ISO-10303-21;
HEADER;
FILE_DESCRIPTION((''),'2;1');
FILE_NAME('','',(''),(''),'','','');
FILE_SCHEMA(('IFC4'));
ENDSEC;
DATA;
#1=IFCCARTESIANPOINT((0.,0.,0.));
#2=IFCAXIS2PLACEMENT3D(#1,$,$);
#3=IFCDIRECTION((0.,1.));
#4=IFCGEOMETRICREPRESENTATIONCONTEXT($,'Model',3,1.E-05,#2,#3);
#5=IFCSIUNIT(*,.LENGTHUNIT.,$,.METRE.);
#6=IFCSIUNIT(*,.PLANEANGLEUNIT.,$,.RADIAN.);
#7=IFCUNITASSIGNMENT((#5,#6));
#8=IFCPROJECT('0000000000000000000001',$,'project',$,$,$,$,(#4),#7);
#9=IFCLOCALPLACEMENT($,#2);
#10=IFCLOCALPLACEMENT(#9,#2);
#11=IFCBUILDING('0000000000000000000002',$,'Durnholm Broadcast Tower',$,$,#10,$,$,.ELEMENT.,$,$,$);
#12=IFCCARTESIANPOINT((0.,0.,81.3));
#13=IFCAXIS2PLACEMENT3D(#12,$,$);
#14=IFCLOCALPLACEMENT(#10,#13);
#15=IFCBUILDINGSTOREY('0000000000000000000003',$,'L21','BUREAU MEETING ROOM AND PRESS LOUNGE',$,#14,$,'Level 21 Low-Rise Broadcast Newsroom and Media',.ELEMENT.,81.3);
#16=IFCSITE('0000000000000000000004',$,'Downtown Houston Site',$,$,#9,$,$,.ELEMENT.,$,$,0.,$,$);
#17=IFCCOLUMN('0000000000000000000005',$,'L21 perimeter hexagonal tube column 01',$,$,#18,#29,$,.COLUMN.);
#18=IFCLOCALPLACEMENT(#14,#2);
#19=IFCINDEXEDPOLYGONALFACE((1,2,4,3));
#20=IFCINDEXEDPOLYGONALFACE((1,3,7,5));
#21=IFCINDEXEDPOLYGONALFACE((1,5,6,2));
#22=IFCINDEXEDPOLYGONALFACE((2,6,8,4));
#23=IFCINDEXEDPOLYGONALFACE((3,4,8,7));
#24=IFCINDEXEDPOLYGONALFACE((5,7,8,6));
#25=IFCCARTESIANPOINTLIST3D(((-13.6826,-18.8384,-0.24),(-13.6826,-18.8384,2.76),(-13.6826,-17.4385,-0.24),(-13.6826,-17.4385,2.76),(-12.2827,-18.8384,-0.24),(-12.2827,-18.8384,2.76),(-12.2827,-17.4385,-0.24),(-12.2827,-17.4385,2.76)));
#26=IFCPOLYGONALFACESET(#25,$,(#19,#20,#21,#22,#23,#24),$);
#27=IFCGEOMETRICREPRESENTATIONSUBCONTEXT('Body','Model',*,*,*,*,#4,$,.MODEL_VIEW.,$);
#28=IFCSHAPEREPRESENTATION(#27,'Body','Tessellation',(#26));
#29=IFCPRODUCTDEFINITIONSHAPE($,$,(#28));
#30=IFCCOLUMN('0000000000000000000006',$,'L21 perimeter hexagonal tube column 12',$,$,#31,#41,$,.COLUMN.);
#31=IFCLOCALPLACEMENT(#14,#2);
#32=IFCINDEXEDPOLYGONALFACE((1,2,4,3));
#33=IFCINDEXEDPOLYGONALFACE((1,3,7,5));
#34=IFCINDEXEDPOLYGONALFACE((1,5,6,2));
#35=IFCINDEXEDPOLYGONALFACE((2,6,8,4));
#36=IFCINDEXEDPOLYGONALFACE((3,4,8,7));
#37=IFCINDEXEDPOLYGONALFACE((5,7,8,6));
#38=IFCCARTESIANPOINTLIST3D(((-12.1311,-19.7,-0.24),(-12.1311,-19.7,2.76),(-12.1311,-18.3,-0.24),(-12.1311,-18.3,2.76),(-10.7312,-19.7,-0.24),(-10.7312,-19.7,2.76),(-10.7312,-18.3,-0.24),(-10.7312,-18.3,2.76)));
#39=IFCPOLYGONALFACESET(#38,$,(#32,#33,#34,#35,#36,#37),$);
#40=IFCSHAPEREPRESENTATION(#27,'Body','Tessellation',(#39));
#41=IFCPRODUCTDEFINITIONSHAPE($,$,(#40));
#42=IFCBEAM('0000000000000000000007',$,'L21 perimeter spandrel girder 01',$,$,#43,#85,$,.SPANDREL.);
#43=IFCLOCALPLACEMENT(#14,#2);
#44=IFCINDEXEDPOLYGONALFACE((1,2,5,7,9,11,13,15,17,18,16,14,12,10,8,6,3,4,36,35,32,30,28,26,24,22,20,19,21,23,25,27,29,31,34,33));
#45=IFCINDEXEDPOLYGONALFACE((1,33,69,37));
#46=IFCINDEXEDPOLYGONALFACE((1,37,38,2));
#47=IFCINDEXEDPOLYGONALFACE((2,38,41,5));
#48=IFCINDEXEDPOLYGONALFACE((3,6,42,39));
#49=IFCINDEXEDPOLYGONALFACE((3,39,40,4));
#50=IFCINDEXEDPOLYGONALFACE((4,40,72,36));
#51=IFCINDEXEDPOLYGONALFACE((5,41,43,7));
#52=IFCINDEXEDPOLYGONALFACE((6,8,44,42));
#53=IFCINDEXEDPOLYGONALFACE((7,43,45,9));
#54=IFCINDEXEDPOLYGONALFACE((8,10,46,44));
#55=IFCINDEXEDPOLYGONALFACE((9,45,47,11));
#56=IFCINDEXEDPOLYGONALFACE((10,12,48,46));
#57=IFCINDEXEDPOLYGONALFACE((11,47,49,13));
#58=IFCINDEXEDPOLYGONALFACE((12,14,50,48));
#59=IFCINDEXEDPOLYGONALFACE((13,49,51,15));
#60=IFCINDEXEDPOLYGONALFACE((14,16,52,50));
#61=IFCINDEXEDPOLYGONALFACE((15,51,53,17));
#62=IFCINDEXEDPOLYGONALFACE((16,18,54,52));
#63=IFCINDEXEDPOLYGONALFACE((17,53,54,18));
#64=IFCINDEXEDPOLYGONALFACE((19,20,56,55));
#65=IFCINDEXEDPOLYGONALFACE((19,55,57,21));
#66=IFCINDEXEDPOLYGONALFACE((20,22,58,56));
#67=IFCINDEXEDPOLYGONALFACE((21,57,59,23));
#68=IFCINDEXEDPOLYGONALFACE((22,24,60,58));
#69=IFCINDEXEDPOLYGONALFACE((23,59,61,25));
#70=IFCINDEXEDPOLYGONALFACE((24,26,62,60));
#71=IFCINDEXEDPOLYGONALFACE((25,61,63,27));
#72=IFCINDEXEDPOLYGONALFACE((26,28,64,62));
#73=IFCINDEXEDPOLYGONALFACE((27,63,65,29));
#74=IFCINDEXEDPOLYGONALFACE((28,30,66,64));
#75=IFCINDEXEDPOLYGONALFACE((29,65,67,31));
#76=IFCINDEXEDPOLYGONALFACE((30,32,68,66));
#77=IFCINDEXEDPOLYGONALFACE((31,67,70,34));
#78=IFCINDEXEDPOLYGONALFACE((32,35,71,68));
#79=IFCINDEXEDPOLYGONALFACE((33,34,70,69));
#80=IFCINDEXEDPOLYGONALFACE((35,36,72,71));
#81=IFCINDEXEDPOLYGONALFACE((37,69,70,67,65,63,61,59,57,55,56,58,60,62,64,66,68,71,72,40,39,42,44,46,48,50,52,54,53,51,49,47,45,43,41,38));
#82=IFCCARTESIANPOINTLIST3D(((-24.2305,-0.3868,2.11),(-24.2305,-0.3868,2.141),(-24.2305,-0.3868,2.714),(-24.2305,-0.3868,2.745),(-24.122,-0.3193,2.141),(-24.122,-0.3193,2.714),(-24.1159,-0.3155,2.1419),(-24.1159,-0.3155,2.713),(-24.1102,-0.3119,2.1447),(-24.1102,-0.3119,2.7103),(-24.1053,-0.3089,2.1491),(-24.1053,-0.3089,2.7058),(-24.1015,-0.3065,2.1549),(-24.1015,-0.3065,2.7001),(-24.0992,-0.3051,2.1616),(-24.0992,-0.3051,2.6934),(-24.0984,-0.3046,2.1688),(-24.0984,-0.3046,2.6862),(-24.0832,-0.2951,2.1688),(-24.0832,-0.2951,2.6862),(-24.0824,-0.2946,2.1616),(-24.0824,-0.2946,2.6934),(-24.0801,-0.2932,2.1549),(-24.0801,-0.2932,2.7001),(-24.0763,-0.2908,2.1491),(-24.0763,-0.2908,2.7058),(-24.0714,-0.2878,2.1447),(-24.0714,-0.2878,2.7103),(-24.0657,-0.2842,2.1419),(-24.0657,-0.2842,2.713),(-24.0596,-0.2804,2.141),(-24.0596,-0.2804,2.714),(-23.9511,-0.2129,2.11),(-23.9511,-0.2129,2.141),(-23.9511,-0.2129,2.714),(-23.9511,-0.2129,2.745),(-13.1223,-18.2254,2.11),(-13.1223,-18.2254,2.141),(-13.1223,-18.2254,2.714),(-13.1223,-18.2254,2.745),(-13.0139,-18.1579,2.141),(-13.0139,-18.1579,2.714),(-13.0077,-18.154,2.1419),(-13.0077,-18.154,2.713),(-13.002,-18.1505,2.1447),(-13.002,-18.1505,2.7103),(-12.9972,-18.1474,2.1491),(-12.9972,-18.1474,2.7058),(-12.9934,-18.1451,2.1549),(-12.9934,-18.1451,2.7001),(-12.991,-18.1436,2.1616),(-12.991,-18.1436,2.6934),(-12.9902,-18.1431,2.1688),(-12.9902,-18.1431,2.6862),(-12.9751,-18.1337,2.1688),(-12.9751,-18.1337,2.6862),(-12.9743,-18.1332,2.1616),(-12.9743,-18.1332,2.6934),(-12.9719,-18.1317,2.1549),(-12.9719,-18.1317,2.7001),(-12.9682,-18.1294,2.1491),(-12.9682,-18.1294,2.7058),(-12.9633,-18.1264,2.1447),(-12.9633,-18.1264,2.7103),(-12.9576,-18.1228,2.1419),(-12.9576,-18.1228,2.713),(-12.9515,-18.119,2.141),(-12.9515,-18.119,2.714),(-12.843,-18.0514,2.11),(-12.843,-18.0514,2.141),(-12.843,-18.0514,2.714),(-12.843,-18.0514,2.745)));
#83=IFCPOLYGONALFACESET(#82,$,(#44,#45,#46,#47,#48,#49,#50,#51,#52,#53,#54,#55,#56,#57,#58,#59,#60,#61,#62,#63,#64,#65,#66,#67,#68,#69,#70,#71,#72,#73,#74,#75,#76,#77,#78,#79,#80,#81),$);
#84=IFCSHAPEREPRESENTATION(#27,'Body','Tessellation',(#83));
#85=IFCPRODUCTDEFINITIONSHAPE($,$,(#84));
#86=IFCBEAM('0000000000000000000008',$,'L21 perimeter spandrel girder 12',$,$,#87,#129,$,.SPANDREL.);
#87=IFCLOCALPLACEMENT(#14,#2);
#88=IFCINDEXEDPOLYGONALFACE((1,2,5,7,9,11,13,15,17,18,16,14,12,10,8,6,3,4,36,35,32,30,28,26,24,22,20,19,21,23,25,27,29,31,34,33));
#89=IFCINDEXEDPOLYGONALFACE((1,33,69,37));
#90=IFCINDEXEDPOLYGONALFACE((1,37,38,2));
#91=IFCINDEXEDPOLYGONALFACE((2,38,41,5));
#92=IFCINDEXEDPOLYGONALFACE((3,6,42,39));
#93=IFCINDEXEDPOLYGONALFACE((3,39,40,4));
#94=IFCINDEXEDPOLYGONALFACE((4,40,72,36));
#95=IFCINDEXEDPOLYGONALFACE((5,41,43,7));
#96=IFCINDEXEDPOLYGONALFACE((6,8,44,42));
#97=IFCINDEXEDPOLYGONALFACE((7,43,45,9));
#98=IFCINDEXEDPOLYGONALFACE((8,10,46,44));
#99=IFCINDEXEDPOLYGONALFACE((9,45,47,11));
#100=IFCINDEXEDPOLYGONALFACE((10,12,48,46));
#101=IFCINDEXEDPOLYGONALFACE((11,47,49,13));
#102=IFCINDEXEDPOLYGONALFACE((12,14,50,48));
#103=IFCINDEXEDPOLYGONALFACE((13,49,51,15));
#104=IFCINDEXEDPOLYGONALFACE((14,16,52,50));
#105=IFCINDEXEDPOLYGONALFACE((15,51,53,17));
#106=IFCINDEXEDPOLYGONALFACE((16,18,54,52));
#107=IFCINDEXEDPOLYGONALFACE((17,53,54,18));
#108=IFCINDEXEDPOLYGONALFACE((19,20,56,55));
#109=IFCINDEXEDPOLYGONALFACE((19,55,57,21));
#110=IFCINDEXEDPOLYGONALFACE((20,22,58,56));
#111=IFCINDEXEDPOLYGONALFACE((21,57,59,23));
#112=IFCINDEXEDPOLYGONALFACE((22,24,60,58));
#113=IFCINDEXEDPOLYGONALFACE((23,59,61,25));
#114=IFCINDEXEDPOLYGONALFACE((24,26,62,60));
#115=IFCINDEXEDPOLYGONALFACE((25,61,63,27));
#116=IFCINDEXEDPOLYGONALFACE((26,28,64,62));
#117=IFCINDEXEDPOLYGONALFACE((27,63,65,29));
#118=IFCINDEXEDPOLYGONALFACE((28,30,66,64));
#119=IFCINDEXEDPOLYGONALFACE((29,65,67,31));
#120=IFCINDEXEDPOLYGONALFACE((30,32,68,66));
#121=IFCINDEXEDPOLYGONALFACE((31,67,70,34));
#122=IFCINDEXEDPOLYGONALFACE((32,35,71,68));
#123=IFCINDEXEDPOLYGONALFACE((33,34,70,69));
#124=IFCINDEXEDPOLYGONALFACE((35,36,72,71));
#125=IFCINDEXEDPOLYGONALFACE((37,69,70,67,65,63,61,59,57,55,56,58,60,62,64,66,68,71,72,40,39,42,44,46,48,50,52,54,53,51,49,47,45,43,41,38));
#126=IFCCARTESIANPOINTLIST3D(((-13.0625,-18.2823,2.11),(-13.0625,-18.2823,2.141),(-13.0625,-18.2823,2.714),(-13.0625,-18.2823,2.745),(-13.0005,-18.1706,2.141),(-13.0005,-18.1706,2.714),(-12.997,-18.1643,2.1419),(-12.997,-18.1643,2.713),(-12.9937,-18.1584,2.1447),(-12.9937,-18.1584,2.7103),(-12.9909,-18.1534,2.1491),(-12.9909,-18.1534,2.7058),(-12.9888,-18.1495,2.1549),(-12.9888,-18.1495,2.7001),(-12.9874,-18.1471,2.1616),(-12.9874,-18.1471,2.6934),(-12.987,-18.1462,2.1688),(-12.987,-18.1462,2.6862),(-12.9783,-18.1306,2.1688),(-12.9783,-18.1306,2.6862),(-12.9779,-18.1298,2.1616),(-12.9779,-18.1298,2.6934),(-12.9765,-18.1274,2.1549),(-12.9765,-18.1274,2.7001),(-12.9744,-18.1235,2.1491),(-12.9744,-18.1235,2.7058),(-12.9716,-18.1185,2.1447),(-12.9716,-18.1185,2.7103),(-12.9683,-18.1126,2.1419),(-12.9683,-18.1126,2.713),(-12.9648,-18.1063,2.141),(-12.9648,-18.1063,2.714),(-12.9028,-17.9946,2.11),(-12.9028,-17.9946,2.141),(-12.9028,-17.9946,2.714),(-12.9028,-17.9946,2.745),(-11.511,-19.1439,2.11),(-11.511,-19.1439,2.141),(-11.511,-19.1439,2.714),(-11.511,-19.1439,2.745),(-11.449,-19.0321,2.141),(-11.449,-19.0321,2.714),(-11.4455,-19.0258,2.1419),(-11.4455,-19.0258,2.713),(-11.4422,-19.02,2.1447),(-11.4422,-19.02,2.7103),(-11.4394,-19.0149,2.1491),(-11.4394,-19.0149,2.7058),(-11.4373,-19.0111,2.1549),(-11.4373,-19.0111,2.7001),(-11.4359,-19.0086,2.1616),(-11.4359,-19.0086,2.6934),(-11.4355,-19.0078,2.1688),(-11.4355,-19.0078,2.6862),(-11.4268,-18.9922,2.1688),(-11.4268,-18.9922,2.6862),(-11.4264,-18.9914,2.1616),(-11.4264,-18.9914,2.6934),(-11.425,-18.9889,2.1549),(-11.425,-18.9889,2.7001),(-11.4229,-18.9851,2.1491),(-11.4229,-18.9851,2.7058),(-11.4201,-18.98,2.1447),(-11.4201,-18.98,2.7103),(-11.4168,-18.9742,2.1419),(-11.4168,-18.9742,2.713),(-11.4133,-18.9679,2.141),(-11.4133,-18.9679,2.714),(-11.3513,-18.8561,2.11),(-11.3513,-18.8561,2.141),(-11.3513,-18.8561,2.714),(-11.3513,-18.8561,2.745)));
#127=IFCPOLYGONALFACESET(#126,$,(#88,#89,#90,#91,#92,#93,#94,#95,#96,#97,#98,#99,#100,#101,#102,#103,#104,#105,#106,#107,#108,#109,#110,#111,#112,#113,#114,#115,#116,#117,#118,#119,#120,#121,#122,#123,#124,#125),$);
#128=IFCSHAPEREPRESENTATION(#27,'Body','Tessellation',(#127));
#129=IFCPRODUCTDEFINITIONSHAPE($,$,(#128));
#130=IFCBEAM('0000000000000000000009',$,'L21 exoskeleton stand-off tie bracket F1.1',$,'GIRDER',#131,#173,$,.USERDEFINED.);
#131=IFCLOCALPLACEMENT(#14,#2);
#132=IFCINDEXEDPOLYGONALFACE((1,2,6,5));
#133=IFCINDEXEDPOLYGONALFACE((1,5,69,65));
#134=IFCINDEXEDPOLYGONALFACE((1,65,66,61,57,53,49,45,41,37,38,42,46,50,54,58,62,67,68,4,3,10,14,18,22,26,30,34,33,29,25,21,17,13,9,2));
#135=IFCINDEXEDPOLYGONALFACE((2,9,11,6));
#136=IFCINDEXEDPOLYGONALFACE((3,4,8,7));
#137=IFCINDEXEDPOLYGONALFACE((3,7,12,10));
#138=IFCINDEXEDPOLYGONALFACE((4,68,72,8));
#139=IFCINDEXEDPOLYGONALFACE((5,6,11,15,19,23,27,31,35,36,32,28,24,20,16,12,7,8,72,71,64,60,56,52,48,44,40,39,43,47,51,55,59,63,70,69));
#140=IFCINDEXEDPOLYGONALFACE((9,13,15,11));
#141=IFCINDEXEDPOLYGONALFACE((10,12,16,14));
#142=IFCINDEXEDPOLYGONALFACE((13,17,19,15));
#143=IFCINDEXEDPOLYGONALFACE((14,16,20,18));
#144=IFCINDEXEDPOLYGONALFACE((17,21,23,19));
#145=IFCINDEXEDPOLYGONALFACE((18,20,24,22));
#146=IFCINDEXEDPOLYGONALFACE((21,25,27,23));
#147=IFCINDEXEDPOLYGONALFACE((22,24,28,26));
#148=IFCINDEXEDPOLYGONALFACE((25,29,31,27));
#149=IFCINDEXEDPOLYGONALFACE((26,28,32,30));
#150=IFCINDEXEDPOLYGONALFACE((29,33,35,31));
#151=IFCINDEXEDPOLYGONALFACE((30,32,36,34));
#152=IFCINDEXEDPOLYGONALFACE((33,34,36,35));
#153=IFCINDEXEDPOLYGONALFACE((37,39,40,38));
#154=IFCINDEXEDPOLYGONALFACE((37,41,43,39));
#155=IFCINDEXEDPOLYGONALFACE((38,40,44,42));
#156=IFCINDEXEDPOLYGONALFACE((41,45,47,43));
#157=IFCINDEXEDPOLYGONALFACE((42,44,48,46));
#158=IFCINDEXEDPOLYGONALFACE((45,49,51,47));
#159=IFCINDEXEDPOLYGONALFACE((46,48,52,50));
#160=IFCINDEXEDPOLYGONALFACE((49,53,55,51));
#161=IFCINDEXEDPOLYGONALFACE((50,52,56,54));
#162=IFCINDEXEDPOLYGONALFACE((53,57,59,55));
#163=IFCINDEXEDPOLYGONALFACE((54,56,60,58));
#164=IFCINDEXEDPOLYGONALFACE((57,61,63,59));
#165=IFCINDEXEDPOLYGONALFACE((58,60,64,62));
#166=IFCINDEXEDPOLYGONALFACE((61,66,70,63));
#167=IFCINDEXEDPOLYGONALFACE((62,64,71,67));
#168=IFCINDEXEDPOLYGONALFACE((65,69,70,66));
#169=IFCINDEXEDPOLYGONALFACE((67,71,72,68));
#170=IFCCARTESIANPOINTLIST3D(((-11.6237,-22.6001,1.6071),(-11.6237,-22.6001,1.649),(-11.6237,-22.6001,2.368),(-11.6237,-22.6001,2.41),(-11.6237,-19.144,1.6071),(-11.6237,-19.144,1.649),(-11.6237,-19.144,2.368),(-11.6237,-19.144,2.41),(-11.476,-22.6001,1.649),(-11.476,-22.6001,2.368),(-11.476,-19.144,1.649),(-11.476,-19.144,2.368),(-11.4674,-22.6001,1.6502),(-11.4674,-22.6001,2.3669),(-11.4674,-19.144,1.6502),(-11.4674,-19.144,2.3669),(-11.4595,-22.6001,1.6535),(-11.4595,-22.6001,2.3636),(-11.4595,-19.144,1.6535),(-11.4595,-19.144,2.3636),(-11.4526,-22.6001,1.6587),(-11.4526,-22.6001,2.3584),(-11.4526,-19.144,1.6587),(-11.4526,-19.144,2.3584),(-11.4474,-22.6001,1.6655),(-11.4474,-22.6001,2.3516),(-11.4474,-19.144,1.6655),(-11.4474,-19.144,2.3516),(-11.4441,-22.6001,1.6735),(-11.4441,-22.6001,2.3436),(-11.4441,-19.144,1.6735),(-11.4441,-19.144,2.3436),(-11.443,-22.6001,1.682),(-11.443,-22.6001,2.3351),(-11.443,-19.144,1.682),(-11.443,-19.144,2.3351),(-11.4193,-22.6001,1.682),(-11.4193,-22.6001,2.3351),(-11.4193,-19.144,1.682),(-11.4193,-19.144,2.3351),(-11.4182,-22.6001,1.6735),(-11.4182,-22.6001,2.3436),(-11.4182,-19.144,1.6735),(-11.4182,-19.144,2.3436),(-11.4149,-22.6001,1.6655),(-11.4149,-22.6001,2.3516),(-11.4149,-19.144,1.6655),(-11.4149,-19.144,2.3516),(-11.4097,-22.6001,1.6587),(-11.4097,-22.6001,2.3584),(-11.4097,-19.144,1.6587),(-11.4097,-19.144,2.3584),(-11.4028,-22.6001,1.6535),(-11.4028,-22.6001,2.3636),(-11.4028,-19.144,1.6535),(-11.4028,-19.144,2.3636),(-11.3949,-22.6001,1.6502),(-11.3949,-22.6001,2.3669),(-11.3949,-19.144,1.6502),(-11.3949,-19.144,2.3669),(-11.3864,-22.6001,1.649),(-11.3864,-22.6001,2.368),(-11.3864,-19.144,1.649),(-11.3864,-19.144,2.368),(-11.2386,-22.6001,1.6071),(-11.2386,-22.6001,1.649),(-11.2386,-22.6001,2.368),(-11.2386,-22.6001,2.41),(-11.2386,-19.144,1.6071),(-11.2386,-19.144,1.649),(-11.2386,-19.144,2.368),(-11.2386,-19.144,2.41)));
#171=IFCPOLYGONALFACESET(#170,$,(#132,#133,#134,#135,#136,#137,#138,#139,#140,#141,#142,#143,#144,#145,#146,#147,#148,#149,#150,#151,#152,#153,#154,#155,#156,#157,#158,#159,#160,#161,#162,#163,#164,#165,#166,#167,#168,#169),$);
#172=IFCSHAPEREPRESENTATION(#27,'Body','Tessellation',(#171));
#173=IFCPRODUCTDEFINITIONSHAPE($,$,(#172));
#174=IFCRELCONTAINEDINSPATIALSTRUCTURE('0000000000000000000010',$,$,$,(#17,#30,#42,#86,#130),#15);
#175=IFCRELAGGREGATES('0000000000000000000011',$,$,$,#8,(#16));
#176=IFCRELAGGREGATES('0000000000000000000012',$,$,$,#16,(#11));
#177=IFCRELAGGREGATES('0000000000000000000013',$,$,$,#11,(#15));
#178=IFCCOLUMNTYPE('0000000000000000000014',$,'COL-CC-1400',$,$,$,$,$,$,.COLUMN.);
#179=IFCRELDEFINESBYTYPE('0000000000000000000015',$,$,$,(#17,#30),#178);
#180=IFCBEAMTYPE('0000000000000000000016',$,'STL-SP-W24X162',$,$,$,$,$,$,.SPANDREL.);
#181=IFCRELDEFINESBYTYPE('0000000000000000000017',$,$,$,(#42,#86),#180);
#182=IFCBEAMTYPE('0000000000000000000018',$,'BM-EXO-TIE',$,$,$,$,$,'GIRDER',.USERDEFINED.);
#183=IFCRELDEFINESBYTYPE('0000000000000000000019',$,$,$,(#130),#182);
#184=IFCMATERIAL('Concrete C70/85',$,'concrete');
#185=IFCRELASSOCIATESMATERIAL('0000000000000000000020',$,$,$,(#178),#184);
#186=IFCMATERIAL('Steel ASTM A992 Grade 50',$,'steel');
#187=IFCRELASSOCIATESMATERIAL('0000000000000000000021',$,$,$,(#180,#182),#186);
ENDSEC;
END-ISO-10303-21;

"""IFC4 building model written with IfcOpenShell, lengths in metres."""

from ifc_helpers import new_model, si_unit, direction, frame, origin, origin_2d, place, context, subcontext, project, spatial, rectangle, i_section, extrude, source, transform, mapped, material, material_profile, profile_set, type_object, type_shapes, element, save


model = new_model("IFC4")

# Units and contexts
model_context = context("Model", 3, precision=1e-05, world=origin(), true_north=direction((0.0, 1.0)))
body_context = subcontext(model_context, "Body", "Model", "MODEL_VIEW")
ifc_project = project(units=[si_unit("LENGTHUNIT", "METRE"), si_unit("PLANEANGLEUNIT", "RADIAN")], contexts=[model_context])

# Site, building, storey
site_placement = place(None, origin())
site = spatial("IfcSite", under=ifc_project, at=site_placement, Name="Downtown Houston Site", CompositionType="ELEMENT", RefElevation=0.0)
building_placement = place(site_placement, origin())
building = spatial("IfcBuilding", under=site, at=building_placement, Name="Durnholm Broadcast Tower", CompositionType="ELEMENT")
storey_placement = place(building_placement, frame((0.0, 0.0, 81.3)))
storey = spatial("IfcBuildingStorey", under=building, at=storey_placement, Name="L21", Description="BUREAU MEETING ROOM AND PRESS LOUNGE", LongName="Level 21 Low-Rise Broadcast Newsroom and Media", CompositionType="ELEMENT", Elevation=81.3)

# Columns
ifc_material_1 = material(Name="Concrete C70/85", Category="concrete")
ifc_material_profile_1 = material_profile(ifc_material_1, rectangle(XDim=1.3999, YDim=1.3999, at=origin_2d()), Name="RC1400X1400")
ifc_profile_set_1 = profile_set([ifc_material_profile_1], Name="Concrete C70/85")
column_type = type_object("IfcColumnType", Name="COL-CC-1400", PredefinedType="COLUMN", material=ifc_profile_set_1)
shared_shape_1 = source(origin(), body_context, "Body", "SweptSolid", [
    extrude(rectangle(XDim=1.3999, YDim=1.3999, at=origin_2d()), origin(), (0.0, 0.0, 1.0), 3.0),
])
type_shapes(column_type, [shared_shape_1])
for number, where, z_axis, x_axis, name in (
    (1, (-12.9827, -18.1384, -0.24), (0.0, 0.0, 1.0), (1.0, 0.0, 0.0), "L21 perimeter hexagonal tube column 01"),
    (2, (-11.4312, -19.0, -0.24), (0.0, 0.0, 1.0), (1.0, 0.0, 0.0), "L21 perimeter hexagonal tube column 12"),
):
    element("IfcColumn", number, at=place(storey_placement, frame(where, z_axis=z_axis, x_axis=x_axis)), inside=storey, type_object=column_type, Name=name, PredefinedType="COLUMN", context=body_context, shape_type="MappedRepresentation", body=[
        mapped(shared_shape_1, transform((0.0, 0.0, 0.0), x_axis=(1.0, 0.0, 0.0), y_axis=(0.0, 1.0, 0.0), z_axis=(0.0, 0.0, 1.0), scale=1.0)),
    ])

# Beams
ifc_material_2 = material(Name="Steel ASTM A992 Grade 50", Category="steel")
ifc_material_profile_2 = material_profile(ifc_material_2, i_section(OverallWidth=0.3291, OverallDepth=0.635, WebThickness=0.0178, FlangeThickness=0.031, FilletRadius=0.0278, at=origin_2d()), Name="W24X162")
ifc_profile_set_2 = profile_set([ifc_material_profile_2], Name="Steel ASTM A992 Grade 50")
beam_type_1 = type_object("IfcBeamType", Name="STL-SP-W24X162", PredefinedType="SPANDREL", material=ifc_profile_set_2)
shared_shape_2 = source(origin(), body_context, "Body", "SweptSolid", [
    extrude(i_section(OverallWidth=0.3291, OverallDepth=0.635, WebThickness=0.0178, FlangeThickness=0.031, FilletRadius=0.0278, at=origin_2d()), origin(), (0.0, 0.0, 1.0), 21.0144),
])
beam_1_placement = place(storey_placement, frame((-12.9827, -18.1384, 2.4275), z_axis=(-0.528596, 0.848874, 0.0), x_axis=(-0.848874, -0.528596, 0.0)))
element("IfcBeam", 3, at=beam_1_placement, inside=storey, type_object=beam_type_1, Name="L21 perimeter spandrel girder 01", PredefinedType="SPANDREL", context=body_context, shape_type="MappedRepresentation", body=[
    mapped(shared_shape_2, transform((0.0, 0.0, 0.0), x_axis=(1.0, 0.0, 0.0), y_axis=(0.0, 1.0, 0.0), z_axis=(0.0, 0.0, 1.0), scale=1.0)),
])
shared_shape_3 = source(origin(), body_context, "Body", "SweptSolid", [
    extrude(i_section(OverallWidth=0.3291, OverallDepth=0.635, WebThickness=0.0178, FlangeThickness=0.031, FilletRadius=0.0278, at=origin_2d()), origin(), (0.0, 0.0, 1.0), 1.7747),
])
type_shapes(beam_type_1, [shared_shape_2, shared_shape_3])
beam_2_placement = place(storey_placement, frame((-11.4312, -19.0, 2.4275), z_axis=(-0.874248, 0.485479, 0.0), x_axis=(-0.485479, -0.874248, 0.0)))
element("IfcBeam", 4, at=beam_2_placement, inside=storey, type_object=beam_type_1, Name="L21 perimeter spandrel girder 12", PredefinedType="SPANDREL", context=body_context, shape_type="MappedRepresentation", body=[
    mapped(shared_shape_3, transform((0.0, 0.0, 0.0), x_axis=(1.0, 0.0, 0.0), y_axis=(0.0, 1.0, 0.0), z_axis=(0.0, 0.0, 1.0), scale=1.0)),
])
ifc_material_profile_3 = material_profile(ifc_material_2, i_section(OverallWidth=0.385, OverallDepth=0.803, WebThickness=0.0237, FlangeThickness=0.042, FilletRadius=0.033, at=origin_2d()), Name="W30X261")
ifc_profile_set_3 = profile_set([ifc_material_profile_3], Name="Steel ASTM A992 Grade 50")
beam_type_2 = type_object("IfcBeamType", Name="BM-EXO-TIE", ElementType="GIRDER", PredefinedType="USERDEFINED", material=ifc_profile_set_3)
shared_shape_4 = source(origin(), body_context, "Body", "SweptSolid", [
    extrude(i_section(OverallWidth=0.385, OverallDepth=0.803, WebThickness=0.0237, FlangeThickness=0.042, FilletRadius=0.033, at=origin_2d()), origin(), (0.0, 0.0, 1.0), 3.4561),
])
for number, where, z_axis, x_axis, name in (
    (5, (-11.4312, -19.144, 2.0085), (0.0, -1.0, 0.0), (1.0, 0.0, 0.0), "L21 exoskeleton stand-off tie bracket F1.1"),
):
    element("IfcBeam", number, at=place(storey_placement, frame(where, z_axis=z_axis, x_axis=x_axis)), inside=storey, type_object=beam_type_2, Name=name, ObjectType="GIRDER", PredefinedType="USERDEFINED", context=body_context, shape_type="MappedRepresentation", body=[
        mapped(shared_shape_4, transform((0.0, 0.0, 0.0), x_axis=(1.0, 0.0, 0.0), y_axis=(0.0, 1.0, 0.0), z_axis=(0.0, 0.0, 1.0), scale=1.0)),
    ])

save(model, "model.ifc")
